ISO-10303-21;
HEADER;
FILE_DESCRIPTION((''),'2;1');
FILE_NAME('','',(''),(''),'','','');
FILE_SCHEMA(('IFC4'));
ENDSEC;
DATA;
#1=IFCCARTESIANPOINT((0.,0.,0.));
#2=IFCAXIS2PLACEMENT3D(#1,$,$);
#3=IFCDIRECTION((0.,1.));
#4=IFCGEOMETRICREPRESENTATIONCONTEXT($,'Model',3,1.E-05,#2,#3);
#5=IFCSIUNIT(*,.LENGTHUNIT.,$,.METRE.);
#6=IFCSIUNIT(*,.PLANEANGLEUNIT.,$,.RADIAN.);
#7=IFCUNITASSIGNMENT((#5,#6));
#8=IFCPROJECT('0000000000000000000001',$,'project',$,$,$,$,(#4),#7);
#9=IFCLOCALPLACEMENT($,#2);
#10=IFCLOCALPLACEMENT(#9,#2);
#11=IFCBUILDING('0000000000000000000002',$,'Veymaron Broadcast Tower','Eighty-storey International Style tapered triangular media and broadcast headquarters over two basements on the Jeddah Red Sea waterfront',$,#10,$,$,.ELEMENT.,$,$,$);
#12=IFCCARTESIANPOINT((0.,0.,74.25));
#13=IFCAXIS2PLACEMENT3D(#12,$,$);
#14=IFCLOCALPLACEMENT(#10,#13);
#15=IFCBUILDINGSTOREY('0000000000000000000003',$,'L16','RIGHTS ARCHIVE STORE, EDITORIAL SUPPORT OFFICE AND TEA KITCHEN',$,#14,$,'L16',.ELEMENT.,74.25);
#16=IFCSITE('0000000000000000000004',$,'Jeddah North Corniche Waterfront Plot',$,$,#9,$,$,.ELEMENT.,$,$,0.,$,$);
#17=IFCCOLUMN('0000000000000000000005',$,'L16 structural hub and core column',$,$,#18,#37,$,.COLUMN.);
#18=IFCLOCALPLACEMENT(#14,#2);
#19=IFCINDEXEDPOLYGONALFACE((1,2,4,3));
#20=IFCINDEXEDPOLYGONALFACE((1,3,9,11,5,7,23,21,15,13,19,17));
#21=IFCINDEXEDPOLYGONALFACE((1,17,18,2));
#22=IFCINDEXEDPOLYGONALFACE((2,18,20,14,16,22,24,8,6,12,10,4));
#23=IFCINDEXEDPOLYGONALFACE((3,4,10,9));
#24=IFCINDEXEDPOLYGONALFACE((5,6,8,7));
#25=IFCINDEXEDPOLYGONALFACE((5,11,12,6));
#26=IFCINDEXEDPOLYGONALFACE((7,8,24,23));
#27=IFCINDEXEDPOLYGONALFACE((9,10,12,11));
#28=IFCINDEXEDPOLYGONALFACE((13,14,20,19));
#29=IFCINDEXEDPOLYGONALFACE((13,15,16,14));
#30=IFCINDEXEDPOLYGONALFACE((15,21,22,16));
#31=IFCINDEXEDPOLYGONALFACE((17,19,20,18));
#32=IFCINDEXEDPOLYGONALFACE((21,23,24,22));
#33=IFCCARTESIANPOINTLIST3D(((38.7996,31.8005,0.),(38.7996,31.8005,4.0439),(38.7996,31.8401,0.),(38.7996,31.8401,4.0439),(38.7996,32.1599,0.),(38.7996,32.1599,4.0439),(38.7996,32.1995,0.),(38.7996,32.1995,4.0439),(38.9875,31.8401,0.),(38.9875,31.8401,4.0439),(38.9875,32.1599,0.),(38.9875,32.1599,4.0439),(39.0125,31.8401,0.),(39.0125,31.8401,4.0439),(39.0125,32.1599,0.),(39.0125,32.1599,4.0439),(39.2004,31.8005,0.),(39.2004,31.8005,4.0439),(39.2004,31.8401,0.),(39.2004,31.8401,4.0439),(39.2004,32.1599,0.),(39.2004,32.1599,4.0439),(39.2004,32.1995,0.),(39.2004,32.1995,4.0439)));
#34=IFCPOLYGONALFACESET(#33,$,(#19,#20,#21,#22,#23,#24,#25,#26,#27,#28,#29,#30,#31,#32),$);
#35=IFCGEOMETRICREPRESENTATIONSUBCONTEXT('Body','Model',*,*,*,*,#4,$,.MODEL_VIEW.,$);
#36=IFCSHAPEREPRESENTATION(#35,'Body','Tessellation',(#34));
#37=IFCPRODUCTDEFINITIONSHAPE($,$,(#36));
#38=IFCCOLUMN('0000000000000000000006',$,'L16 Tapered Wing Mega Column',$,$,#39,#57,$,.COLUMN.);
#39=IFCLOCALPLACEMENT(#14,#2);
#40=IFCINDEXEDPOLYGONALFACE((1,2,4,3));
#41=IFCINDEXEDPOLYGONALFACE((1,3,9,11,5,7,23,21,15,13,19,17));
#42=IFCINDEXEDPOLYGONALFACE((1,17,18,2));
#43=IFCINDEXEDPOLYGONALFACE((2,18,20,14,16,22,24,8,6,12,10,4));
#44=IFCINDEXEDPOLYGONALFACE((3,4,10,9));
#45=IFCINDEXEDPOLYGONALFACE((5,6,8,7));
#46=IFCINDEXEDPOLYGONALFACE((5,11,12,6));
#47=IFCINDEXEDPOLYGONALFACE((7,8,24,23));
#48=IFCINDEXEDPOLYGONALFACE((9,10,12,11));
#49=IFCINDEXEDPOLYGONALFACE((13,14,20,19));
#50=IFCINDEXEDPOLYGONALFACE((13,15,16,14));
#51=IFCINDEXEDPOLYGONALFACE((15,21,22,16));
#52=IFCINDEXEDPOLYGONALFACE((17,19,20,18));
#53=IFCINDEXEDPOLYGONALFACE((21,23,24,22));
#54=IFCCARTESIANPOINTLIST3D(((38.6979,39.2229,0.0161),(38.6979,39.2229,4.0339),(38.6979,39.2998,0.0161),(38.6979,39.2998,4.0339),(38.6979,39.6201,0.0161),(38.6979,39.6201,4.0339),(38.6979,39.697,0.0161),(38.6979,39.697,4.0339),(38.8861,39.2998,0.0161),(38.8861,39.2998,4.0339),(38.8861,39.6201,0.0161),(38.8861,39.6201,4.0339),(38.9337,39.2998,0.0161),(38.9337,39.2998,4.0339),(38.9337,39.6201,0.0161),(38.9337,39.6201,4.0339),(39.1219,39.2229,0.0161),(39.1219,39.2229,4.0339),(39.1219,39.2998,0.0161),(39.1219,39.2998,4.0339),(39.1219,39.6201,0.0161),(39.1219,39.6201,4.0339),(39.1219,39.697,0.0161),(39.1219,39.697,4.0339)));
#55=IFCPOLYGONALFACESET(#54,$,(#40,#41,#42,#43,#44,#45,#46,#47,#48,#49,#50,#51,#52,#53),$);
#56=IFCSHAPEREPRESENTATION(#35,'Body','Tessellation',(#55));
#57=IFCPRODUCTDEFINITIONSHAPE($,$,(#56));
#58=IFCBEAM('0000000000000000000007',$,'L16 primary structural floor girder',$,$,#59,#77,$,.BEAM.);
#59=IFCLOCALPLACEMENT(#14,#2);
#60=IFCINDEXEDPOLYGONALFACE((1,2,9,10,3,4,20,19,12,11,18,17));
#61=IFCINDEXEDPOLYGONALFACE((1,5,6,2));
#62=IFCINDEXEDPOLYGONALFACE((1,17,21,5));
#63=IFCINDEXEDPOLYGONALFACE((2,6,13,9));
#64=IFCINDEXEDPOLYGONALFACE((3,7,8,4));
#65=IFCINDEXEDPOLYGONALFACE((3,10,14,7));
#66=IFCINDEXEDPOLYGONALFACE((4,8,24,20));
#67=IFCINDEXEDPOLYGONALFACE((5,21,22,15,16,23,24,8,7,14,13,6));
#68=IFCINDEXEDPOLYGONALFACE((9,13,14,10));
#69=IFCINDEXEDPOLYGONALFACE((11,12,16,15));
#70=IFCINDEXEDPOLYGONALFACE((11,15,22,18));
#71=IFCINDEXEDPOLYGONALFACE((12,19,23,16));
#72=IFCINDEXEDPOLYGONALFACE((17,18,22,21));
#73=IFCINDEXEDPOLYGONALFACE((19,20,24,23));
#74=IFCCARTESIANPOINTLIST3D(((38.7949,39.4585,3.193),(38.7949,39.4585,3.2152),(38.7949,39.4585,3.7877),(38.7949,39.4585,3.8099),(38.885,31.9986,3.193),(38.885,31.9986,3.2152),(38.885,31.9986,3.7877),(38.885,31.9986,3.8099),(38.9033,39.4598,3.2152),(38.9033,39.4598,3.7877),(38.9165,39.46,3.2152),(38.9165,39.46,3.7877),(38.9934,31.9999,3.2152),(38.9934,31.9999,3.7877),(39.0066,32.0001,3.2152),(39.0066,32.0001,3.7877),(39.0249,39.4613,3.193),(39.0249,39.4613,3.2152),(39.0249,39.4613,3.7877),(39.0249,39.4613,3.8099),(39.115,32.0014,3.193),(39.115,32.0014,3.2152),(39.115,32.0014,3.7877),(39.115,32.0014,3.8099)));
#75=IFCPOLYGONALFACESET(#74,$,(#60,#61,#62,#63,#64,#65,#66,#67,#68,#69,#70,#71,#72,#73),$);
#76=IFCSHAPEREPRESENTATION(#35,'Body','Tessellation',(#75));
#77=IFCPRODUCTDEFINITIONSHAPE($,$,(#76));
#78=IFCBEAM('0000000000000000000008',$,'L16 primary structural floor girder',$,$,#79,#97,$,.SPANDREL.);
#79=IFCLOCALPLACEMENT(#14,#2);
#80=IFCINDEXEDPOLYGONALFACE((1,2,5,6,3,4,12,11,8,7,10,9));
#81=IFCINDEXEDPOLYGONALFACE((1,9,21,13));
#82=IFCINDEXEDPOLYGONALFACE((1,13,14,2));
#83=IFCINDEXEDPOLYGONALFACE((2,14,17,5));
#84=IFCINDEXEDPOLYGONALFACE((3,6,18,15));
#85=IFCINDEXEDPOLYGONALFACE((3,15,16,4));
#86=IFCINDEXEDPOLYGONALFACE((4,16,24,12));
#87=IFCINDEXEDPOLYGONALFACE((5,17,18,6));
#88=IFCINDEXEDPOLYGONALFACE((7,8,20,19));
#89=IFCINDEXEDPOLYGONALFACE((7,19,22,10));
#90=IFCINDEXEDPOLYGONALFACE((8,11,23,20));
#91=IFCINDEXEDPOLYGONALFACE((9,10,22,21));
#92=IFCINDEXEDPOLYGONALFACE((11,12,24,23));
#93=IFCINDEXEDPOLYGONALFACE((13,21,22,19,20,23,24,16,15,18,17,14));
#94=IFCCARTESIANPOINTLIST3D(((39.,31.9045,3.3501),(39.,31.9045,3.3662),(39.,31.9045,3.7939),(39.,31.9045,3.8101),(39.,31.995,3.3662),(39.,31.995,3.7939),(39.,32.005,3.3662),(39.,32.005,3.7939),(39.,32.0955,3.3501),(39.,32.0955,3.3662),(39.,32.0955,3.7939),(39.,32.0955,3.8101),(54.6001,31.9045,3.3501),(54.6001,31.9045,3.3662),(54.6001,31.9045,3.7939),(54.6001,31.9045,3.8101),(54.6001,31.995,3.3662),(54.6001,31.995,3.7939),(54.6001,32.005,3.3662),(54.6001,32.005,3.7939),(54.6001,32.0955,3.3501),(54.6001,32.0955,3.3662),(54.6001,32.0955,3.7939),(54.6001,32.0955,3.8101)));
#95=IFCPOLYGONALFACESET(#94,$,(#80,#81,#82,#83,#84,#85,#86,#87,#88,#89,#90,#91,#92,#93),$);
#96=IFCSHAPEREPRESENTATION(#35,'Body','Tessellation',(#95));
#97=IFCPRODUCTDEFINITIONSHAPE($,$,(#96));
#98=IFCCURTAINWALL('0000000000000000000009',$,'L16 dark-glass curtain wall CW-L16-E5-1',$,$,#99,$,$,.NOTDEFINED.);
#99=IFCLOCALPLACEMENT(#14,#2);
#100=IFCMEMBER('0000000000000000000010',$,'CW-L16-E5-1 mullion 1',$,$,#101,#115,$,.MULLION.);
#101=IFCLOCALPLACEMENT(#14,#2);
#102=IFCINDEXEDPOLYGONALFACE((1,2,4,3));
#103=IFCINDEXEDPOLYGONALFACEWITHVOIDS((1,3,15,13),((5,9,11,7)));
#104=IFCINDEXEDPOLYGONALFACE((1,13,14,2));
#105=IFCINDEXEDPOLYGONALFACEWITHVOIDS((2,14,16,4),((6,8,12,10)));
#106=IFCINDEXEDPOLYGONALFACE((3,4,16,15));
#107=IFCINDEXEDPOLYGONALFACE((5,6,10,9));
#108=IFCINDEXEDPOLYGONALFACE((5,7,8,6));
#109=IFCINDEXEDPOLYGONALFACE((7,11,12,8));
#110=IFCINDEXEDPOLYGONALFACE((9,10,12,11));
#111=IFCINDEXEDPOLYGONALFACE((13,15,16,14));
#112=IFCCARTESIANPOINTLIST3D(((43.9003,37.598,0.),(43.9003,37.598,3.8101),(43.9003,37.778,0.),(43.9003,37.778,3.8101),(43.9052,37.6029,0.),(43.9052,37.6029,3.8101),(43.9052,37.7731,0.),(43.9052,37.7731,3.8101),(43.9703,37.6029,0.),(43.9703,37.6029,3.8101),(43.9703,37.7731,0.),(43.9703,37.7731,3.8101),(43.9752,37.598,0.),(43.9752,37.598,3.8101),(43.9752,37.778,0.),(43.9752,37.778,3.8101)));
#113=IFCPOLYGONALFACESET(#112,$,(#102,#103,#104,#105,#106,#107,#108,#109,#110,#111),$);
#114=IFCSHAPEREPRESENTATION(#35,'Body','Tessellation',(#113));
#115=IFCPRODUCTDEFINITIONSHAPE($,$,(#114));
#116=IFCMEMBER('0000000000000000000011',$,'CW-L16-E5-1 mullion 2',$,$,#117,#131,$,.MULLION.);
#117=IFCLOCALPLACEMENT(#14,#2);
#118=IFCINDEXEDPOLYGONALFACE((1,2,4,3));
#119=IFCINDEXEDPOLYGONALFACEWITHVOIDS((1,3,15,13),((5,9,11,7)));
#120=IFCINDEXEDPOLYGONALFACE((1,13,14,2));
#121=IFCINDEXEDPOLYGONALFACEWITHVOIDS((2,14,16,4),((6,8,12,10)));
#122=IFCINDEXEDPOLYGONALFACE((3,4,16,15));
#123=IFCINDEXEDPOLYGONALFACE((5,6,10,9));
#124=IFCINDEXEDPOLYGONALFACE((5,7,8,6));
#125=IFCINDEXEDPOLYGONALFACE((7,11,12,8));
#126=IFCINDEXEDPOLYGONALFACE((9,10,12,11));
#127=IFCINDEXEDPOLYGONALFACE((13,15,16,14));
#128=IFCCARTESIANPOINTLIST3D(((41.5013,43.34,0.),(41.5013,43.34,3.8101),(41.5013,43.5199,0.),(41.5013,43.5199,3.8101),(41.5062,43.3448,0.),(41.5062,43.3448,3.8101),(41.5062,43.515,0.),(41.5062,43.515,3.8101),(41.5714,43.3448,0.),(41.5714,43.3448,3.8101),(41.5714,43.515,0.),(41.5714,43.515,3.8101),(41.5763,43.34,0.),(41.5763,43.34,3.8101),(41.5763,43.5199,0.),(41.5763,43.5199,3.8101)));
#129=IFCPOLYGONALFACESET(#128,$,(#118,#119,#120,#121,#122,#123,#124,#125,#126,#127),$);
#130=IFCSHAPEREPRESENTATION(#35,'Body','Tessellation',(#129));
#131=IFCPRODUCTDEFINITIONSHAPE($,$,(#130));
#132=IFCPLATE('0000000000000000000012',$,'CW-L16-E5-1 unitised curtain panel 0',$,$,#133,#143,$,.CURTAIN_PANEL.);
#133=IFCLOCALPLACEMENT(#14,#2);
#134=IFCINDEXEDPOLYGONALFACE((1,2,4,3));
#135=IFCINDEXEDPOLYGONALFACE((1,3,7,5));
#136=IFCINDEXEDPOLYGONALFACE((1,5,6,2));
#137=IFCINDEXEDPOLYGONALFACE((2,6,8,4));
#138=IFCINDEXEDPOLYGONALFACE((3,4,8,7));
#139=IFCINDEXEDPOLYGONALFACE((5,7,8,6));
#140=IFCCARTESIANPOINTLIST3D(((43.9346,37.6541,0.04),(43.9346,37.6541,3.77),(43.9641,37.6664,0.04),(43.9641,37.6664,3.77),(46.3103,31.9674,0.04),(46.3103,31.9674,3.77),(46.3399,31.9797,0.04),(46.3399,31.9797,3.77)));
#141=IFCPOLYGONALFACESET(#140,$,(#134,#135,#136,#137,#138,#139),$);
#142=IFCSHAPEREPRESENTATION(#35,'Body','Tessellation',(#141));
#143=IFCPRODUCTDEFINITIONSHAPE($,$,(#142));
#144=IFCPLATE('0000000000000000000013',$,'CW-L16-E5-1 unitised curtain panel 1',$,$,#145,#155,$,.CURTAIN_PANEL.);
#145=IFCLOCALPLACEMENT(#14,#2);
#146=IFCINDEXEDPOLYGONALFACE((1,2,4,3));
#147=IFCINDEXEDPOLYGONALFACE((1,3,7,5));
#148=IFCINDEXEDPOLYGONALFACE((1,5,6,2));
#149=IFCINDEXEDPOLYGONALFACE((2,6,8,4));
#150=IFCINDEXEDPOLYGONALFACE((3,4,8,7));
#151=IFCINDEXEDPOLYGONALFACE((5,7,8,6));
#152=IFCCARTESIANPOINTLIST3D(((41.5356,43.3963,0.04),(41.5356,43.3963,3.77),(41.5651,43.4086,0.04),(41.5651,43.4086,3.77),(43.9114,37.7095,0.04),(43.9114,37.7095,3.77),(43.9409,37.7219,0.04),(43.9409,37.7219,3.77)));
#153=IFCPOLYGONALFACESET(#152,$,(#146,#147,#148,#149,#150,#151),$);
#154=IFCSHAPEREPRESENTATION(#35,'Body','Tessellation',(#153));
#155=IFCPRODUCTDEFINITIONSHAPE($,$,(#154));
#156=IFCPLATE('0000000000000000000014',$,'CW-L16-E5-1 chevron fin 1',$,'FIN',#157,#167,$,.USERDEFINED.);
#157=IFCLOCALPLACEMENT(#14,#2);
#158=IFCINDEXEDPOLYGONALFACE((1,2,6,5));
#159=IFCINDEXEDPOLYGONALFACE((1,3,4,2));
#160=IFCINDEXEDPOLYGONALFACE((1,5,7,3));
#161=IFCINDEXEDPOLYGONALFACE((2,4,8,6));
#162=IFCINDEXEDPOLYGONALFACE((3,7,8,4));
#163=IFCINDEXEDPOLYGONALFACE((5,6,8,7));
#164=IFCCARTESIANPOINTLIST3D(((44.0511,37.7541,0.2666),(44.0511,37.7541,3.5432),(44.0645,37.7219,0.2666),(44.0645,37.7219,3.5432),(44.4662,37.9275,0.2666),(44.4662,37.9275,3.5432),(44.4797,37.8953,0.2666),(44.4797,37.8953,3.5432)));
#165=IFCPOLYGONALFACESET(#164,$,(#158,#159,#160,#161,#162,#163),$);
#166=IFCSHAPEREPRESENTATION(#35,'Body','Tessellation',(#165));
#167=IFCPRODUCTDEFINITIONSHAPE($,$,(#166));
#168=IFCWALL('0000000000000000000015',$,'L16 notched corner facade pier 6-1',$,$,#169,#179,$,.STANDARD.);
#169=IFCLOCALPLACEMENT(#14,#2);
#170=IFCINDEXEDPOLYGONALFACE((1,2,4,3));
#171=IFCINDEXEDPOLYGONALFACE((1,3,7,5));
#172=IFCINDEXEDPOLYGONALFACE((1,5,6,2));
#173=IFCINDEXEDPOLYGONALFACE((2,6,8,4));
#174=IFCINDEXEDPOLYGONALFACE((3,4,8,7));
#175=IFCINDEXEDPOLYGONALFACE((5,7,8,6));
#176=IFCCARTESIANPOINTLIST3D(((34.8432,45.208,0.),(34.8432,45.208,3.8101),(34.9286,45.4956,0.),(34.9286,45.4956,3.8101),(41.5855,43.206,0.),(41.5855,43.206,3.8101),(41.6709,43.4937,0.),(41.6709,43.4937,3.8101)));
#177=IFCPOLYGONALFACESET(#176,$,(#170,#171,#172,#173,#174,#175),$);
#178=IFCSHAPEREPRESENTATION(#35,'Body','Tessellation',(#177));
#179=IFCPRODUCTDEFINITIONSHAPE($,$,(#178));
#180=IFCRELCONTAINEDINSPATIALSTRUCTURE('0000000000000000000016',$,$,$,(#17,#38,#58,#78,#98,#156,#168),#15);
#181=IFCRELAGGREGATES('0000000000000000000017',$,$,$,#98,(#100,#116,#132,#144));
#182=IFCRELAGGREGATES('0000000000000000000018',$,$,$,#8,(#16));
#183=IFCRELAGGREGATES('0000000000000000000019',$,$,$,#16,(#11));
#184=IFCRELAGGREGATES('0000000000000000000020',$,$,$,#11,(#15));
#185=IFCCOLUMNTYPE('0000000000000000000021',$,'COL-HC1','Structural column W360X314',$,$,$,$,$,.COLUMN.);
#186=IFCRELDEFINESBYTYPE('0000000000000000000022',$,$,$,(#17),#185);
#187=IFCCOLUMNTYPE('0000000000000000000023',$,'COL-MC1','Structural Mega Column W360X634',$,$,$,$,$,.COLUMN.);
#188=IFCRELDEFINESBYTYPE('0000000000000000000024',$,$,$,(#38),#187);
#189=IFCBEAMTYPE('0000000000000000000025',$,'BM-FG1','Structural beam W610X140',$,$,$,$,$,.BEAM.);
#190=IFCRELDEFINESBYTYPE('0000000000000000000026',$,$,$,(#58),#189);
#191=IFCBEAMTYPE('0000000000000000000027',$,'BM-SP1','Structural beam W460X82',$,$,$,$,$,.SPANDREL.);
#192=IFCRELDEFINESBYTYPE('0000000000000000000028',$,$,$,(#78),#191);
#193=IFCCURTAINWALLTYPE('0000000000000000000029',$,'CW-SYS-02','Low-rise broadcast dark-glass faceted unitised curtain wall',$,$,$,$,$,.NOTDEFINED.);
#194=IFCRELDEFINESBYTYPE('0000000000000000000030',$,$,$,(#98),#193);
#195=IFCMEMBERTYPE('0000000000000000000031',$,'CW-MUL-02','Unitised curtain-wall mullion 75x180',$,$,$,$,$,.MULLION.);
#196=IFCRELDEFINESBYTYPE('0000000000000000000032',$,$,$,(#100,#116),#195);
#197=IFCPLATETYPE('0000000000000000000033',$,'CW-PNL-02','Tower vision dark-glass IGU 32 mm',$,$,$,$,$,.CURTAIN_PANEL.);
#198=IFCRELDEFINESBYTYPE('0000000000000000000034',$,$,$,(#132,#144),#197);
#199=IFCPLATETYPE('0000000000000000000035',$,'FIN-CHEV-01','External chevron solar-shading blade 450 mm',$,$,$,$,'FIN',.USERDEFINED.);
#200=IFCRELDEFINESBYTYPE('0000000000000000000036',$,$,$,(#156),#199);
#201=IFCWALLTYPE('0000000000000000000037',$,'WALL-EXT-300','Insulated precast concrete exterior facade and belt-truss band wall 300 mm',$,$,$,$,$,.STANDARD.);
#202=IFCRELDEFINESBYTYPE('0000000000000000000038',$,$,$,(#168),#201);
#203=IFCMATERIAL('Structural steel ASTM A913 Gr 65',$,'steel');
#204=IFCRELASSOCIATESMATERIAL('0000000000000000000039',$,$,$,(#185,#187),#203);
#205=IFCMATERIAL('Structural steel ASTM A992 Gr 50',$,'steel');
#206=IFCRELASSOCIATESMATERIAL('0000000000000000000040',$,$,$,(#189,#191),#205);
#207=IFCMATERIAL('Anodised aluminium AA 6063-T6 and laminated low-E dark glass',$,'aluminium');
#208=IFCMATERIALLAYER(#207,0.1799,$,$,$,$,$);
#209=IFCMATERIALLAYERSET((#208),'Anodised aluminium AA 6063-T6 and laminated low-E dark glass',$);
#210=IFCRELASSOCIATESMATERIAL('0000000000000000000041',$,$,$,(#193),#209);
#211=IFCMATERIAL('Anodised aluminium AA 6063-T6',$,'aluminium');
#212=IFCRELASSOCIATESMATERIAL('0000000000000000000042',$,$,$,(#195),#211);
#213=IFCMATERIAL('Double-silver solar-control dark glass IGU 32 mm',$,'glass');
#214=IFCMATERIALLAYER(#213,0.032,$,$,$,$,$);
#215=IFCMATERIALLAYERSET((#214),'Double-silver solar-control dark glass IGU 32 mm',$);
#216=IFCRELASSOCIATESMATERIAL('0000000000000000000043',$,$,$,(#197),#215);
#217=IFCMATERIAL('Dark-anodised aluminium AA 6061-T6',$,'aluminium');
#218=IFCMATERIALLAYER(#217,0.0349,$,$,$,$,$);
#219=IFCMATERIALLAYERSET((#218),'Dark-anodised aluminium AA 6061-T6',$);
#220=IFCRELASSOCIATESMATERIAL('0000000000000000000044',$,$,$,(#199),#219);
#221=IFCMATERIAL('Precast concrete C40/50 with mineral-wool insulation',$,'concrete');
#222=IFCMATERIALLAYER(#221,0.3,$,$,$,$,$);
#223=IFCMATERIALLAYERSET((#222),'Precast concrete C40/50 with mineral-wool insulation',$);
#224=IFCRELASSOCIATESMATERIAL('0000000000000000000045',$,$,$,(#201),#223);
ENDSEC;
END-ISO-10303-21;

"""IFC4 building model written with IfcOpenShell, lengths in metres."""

from ifc_helpers import new_model, si_unit, direction, frame, frame_2d, origin, origin_2d, place, context, subcontext, project, spatial, rectangle, hollow_rectangle, i_section, extrude, material, layer, layer_set, material_profile, profile_set, type_object, element, aggregate, save


model = new_model("IFC4")

# Units and contexts
model_context = context("Model", 3, precision=1e-05, world=origin(), true_north=direction((0.0, 1.0)))
body_context = subcontext(model_context, "Body", "Model", "MODEL_VIEW")
ifc_project = project(units=[si_unit("LENGTHUNIT", "METRE"), si_unit("PLANEANGLEUNIT", "RADIAN")], contexts=[model_context])

# Site, building, storey
site_placement = place(None, origin())
site = spatial("IfcSite", under=ifc_project, at=site_placement, Name="Jeddah North Corniche Waterfront Plot", CompositionType="ELEMENT", RefElevation=0.0)
building_placement = place(site_placement, origin())
building = spatial("IfcBuilding", under=site, at=building_placement, Name="Veymaron Broadcast Tower", Description="Eighty-storey International Style tapered triangular media and broadcast headquarters over two basements on the Jeddah Red Sea waterfront", CompositionType="ELEMENT")
storey_placement = place(building_placement, frame((0.0, 0.0, 74.25)))
storey = spatial("IfcBuildingStorey", under=building, at=storey_placement, Name="L16", Description="RIGHTS ARCHIVE STORE, EDITORIAL SUPPORT OFFICE AND TEA KITCHEN", LongName="L16", CompositionType="ELEMENT", Elevation=74.25)

# Columns
ifc_material_1 = material(Name="Structural steel ASTM A913 Gr 65", Category="steel")
ifc_material_profile_1 = material_profile(ifc_material_1, i_section(OverallWidth=0.4009, OverallDepth=0.3989, WebThickness=0.0249, FlangeThickness=0.0396, at=origin_2d()), Name="W360X314")
ifc_profile_set_1 = profile_set([ifc_material_profile_1], Name="Structural steel ASTM A913 Gr 65")
column_type_1 = type_object("IfcColumnType", Name="COL-HC1", Description="Structural column W360X314", PredefinedType="COLUMN", material=ifc_profile_set_1)
column_1_placement = place(storey_placement, frame((39.0, 32.0, 0.0), z_axis=(0.0, 0.0, 1.0), x_axis=(1.0, 0.0, 0.0)))
element("IfcColumn", 1, at=column_1_placement, inside=storey, type_object=column_type_1, Name="L16 structural hub and core column", PredefinedType="COLUMN", context=body_context, shape_type="SweptSolid", body=[
    extrude(i_section(OverallWidth=0.4009, OverallDepth=0.3989, WebThickness=0.0249, FlangeThickness=0.0396, at=origin_2d()), origin(), (0.0, 0.0, 1.0), 4.0439),
])
ifc_material_profile_2 = material_profile(ifc_material_1, i_section(OverallWidth=0.4241, OverallDepth=0.4741, WebThickness=0.0476, FlangeThickness=0.0769, at=origin_2d()), Name="W360X634")
ifc_profile_set_2 = profile_set([ifc_material_profile_2], Name="Structural steel ASTM A913 Gr 65")
column_type_2 = type_object("IfcColumnType", Name="COL-MC1", Description="Structural Mega Column W360X634", PredefinedType="COLUMN", material=ifc_profile_set_2)
column_2_placement = place(storey_placement, frame((38.9099, 39.46, 0.0161), z_axis=(0.0, 0.0, 1.0), x_axis=(1.0, 0.0, 0.0)))
element("IfcColumn", 2, at=column_2_placement, inside=storey, type_object=column_type_2, Name="L16 Tapered Wing Mega Column", PredefinedType="COLUMN", context=body_context, shape_type="SweptSolid", body=[
    extrude(i_section(OverallWidth=0.4241, OverallDepth=0.4741, WebThickness=0.0476, FlangeThickness=0.0769, at=origin_2d()), origin(), (0.0, 0.0, 1.0), 4.0178),
])

# Beams
ifc_material_2 = material(Name="Structural steel ASTM A992 Gr 50", Category="steel")
ifc_material_profile_3 = material_profile(ifc_material_2, i_section(OverallWidth=0.23, OverallDepth=0.6169, WebThickness=0.0132, FlangeThickness=0.0222, at=origin_2d()), Name="W610X140")
ifc_profile_set_3 = profile_set([ifc_material_profile_3], Name="Structural steel ASTM A992 Gr 50")
beam_type_1 = type_object("IfcBeamType", Name="BM-FG1", Description="Structural beam W610X140", PredefinedType="BEAM", material=ifc_profile_set_3)
beam_1_placement = place(storey_placement, frame((39.0, 32.0, 3.5015), z_axis=(-0.012075, 0.999927, 0.0), x_axis=(-0.999927, -0.012075, 0.0)))
element("IfcBeam", 3, at=beam_1_placement, inside=storey, type_object=beam_type_1, Name="L16 primary structural floor girder", PredefinedType="BEAM", context=body_context, shape_type="SweptSolid", body=[
    extrude(i_section(OverallWidth=0.23, OverallDepth=0.6169, WebThickness=0.0132, FlangeThickness=0.0222, at=origin_2d()), origin(), (0.0, 0.0, 1.0), 7.4604),
])
ifc_material_profile_4 = material_profile(ifc_material_2, i_section(OverallWidth=0.1909, OverallDepth=0.46, WebThickness=0.01, FlangeThickness=0.0161, at=origin_2d()), Name="W460X82")
ifc_profile_set_4 = profile_set([ifc_material_profile_4], Name="Structural steel ASTM A992 Gr 50")
beam_type_2 = type_object("IfcBeamType", Name="BM-SP1", Description="Structural beam W460X82", PredefinedType="SPANDREL", material=ifc_profile_set_4)
beam_2_placement = place(storey_placement, frame((39.0, 32.0, 3.5801), z_axis=(1.0, 0.0, 0.0), x_axis=(0.0, 1.0, 0.0)))
element("IfcBeam", 4, at=beam_2_placement, inside=storey, type_object=beam_type_2, Name="L16 primary structural floor girder", PredefinedType="SPANDREL", context=body_context, shape_type="SweptSolid", body=[
    extrude(i_section(OverallWidth=0.1909, OverallDepth=0.46, WebThickness=0.01, FlangeThickness=0.0161, at=origin_2d()), origin(), (0.0, 0.0, 1.0), 15.6001),
])

# Curtain wall, members, plates
ifc_material_3 = material(Name="Anodised aluminium AA 6063-T6 and laminated low-E dark glass", Category="aluminium")
ifc_layer_1 = layer(ifc_material_3, 0.1799)
ifc_layer_set_1 = layer_set([ifc_layer_1], Name="Anodised aluminium AA 6063-T6 and laminated low-E dark glass")
curtain_wall_type = type_object("IfcCurtainWallType", Name="CW-SYS-02", Description="Low-rise broadcast dark-glass faceted unitised curtain wall", PredefinedType="NOTDEFINED", material=ifc_layer_set_1)
curtain_wall_placement = place(storey_placement, origin())
curtain_wall = element("IfcCurtainWall", 5, at=curtain_wall_placement, inside=storey, type_object=curtain_wall_type, Name="L16 dark-glass curtain wall CW-L16-E5-1", PredefinedType="NOTDEFINED")
ifc_material_4 = material(Name="Anodised aluminium AA 6063-T6", Category="aluminium")
ifc_material_profile_5 = material_profile(ifc_material_4, hollow_rectangle(XDim=0.075, YDim=0.1799, WallThickness=0.0049, at=origin_2d()), Name="AL180X75X5")
ifc_profile_set_5 = profile_set([ifc_material_profile_5], Name="Anodised aluminium AA 6063-T6")
member_type = type_object("IfcMemberType", Name="CW-MUL-02", Description="Unitised curtain-wall mullion 75x180", PredefinedType="MULLION", material=ifc_profile_set_5)
member_1_placement = place(storey_placement, frame((43.9377, 37.688, 0.0), z_axis=(0.0, 0.0, 1.0), x_axis=(1.0, 0.0, 0.0)))
member_1 = element("IfcMember", 6, at=member_1_placement, type_object=member_type, Name="CW-L16-E5-1 mullion 1", PredefinedType="MULLION", context=body_context, shape_type="SweptSolid", body=[
    extrude(hollow_rectangle(XDim=0.075, YDim=0.1799, WallThickness=0.0049, at=origin_2d()), origin(), (0.0, 0.0, 1.0), 3.8101),
])
member_2_placement = place(storey_placement, frame((41.5388, 43.4299, 0.0), z_axis=(0.0, 0.0, 1.0), x_axis=(1.0, 0.0, 0.0)))
member_2 = element("IfcMember", 7, at=member_2_placement, type_object=member_type, Name="CW-L16-E5-1 mullion 2", PredefinedType="MULLION", context=body_context, shape_type="SweptSolid", body=[
    extrude(hollow_rectangle(XDim=0.075, YDim=0.1799, WallThickness=0.0049, at=origin_2d()), origin(), (0.0, 0.0, 1.0), 3.8101),
])
ifc_material_5 = material(Name="Double-silver solar-control dark glass IGU 32 mm", Category="glass")
ifc_layer_2 = layer(ifc_material_5, 0.032)
ifc_layer_set_2 = layer_set([ifc_layer_2], Name="Double-silver solar-control dark glass IGU 32 mm")
plate_type_1 = type_object("IfcPlateType", Name="CW-PNL-02", Description="Tower vision dark-glass IGU 32 mm", PredefinedType="CURTAIN_PANEL", material=ifc_layer_set_2)
plate_1_placement = place(storey_placement, frame((45.1372, 34.8169, 0.04), z_axis=(0.0, 0.0, 1.0), x_axis=(-0.385487, 0.922713, 0.0)))
plate_1 = element("IfcPlate", 8, at=plate_1_placement, type_object=plate_type_1, Name="CW-L16-E5-1 unitised curtain panel 0", PredefinedType="CURTAIN_PANEL", context=body_context, shape_type="SweptSolid", body=[
    extrude(rectangle(XDim=6.1631, YDim=0.032, at=origin_2d()), origin(), (0.0, 0.0, 1.0), 3.73),
])
plate_2_placement = place(storey_placement, frame((42.7383, 40.5591, 0.04), z_axis=(0.0, 0.0, 1.0), x_axis=(-0.385487, 0.922713, 0.0)))
plate_2 = element("IfcPlate", 9, at=plate_2_placement, type_object=plate_type_1, Name="CW-L16-E5-1 unitised curtain panel 1", PredefinedType="CURTAIN_PANEL", context=body_context, shape_type="SweptSolid", body=[
    extrude(rectangle(XDim=6.1631, YDim=0.032, at=origin_2d()), origin(), (0.0, 0.0, 1.0), 3.73),
])
aggregate(curtain_wall, [member_1, member_2, plate_1, plate_2])

# Plate
ifc_material_6 = material(Name="Dark-anodised aluminium AA 6061-T6", Category="aluminium")
ifc_layer_3 = layer(ifc_material_6, 0.0349)
ifc_layer_set_3 = layer_set([ifc_layer_3], Name="Dark-anodised aluminium AA 6061-T6")
plate_type_2 = type_object("IfcPlateType", Name="FIN-CHEV-01", Description="External chevron solar-shading blade 450 mm", ElementType="FIN", PredefinedType="USERDEFINED", material=ifc_layer_set_3)
plate_3_placement = place(storey_placement, frame((44.2654, 37.8247, 0.2666), z_axis=(0.0, 0.0, 1.0), x_axis=(0.922713, 0.385487, 0.0)))
element("IfcPlate", 10, at=plate_3_placement, inside=storey, type_object=plate_type_2, Name="CW-L16-E5-1 chevron fin 1", ObjectType="FIN", PredefinedType="USERDEFINED", context=body_context, shape_type="SweptSolid", body=[
    extrude(rectangle(XDim=0.45, YDim=0.0349, at=origin_2d()), origin(), (0.0, 0.0, 1.0), 3.2766),
])

# Wall
ifc_material_7 = material(Name="Precast concrete C40/50 with mineral-wool insulation", Category="concrete")
ifc_layer_4 = layer(ifc_material_7, 0.3)
ifc_layer_set_4 = layer_set([ifc_layer_4], Name="Precast concrete C40/50 with mineral-wool insulation")
wall_type_1 = type_object("IfcWallType", Name="WALL-EXT-300", Description="Insulated precast concrete exterior facade and belt-truss band wall 300 mm", PredefinedType="STANDARD", material=ifc_layer_set_4)
wall_1_placement = place(storey_placement, frame((41.6282, 43.3499, 0.0), z_axis=(0.0, 0.0, 1.0), x_axis=(-0.958633, 0.284646, 0.0)))
element("IfcWall", 11, at=wall_1_placement, inside=storey, type_object=wall_type_1, Name="L16 notched corner facade pier 6-1", PredefinedType="STANDARD", context=body_context, shape_type="SweptSolid", body=[
    extrude(rectangle(XDim=7.0332, YDim=0.3, at=frame_2d((3.5166, 0.0))), origin(), (0.0, 0.0, 1.0), 3.8101),
])

save(model, "model.ifc")
